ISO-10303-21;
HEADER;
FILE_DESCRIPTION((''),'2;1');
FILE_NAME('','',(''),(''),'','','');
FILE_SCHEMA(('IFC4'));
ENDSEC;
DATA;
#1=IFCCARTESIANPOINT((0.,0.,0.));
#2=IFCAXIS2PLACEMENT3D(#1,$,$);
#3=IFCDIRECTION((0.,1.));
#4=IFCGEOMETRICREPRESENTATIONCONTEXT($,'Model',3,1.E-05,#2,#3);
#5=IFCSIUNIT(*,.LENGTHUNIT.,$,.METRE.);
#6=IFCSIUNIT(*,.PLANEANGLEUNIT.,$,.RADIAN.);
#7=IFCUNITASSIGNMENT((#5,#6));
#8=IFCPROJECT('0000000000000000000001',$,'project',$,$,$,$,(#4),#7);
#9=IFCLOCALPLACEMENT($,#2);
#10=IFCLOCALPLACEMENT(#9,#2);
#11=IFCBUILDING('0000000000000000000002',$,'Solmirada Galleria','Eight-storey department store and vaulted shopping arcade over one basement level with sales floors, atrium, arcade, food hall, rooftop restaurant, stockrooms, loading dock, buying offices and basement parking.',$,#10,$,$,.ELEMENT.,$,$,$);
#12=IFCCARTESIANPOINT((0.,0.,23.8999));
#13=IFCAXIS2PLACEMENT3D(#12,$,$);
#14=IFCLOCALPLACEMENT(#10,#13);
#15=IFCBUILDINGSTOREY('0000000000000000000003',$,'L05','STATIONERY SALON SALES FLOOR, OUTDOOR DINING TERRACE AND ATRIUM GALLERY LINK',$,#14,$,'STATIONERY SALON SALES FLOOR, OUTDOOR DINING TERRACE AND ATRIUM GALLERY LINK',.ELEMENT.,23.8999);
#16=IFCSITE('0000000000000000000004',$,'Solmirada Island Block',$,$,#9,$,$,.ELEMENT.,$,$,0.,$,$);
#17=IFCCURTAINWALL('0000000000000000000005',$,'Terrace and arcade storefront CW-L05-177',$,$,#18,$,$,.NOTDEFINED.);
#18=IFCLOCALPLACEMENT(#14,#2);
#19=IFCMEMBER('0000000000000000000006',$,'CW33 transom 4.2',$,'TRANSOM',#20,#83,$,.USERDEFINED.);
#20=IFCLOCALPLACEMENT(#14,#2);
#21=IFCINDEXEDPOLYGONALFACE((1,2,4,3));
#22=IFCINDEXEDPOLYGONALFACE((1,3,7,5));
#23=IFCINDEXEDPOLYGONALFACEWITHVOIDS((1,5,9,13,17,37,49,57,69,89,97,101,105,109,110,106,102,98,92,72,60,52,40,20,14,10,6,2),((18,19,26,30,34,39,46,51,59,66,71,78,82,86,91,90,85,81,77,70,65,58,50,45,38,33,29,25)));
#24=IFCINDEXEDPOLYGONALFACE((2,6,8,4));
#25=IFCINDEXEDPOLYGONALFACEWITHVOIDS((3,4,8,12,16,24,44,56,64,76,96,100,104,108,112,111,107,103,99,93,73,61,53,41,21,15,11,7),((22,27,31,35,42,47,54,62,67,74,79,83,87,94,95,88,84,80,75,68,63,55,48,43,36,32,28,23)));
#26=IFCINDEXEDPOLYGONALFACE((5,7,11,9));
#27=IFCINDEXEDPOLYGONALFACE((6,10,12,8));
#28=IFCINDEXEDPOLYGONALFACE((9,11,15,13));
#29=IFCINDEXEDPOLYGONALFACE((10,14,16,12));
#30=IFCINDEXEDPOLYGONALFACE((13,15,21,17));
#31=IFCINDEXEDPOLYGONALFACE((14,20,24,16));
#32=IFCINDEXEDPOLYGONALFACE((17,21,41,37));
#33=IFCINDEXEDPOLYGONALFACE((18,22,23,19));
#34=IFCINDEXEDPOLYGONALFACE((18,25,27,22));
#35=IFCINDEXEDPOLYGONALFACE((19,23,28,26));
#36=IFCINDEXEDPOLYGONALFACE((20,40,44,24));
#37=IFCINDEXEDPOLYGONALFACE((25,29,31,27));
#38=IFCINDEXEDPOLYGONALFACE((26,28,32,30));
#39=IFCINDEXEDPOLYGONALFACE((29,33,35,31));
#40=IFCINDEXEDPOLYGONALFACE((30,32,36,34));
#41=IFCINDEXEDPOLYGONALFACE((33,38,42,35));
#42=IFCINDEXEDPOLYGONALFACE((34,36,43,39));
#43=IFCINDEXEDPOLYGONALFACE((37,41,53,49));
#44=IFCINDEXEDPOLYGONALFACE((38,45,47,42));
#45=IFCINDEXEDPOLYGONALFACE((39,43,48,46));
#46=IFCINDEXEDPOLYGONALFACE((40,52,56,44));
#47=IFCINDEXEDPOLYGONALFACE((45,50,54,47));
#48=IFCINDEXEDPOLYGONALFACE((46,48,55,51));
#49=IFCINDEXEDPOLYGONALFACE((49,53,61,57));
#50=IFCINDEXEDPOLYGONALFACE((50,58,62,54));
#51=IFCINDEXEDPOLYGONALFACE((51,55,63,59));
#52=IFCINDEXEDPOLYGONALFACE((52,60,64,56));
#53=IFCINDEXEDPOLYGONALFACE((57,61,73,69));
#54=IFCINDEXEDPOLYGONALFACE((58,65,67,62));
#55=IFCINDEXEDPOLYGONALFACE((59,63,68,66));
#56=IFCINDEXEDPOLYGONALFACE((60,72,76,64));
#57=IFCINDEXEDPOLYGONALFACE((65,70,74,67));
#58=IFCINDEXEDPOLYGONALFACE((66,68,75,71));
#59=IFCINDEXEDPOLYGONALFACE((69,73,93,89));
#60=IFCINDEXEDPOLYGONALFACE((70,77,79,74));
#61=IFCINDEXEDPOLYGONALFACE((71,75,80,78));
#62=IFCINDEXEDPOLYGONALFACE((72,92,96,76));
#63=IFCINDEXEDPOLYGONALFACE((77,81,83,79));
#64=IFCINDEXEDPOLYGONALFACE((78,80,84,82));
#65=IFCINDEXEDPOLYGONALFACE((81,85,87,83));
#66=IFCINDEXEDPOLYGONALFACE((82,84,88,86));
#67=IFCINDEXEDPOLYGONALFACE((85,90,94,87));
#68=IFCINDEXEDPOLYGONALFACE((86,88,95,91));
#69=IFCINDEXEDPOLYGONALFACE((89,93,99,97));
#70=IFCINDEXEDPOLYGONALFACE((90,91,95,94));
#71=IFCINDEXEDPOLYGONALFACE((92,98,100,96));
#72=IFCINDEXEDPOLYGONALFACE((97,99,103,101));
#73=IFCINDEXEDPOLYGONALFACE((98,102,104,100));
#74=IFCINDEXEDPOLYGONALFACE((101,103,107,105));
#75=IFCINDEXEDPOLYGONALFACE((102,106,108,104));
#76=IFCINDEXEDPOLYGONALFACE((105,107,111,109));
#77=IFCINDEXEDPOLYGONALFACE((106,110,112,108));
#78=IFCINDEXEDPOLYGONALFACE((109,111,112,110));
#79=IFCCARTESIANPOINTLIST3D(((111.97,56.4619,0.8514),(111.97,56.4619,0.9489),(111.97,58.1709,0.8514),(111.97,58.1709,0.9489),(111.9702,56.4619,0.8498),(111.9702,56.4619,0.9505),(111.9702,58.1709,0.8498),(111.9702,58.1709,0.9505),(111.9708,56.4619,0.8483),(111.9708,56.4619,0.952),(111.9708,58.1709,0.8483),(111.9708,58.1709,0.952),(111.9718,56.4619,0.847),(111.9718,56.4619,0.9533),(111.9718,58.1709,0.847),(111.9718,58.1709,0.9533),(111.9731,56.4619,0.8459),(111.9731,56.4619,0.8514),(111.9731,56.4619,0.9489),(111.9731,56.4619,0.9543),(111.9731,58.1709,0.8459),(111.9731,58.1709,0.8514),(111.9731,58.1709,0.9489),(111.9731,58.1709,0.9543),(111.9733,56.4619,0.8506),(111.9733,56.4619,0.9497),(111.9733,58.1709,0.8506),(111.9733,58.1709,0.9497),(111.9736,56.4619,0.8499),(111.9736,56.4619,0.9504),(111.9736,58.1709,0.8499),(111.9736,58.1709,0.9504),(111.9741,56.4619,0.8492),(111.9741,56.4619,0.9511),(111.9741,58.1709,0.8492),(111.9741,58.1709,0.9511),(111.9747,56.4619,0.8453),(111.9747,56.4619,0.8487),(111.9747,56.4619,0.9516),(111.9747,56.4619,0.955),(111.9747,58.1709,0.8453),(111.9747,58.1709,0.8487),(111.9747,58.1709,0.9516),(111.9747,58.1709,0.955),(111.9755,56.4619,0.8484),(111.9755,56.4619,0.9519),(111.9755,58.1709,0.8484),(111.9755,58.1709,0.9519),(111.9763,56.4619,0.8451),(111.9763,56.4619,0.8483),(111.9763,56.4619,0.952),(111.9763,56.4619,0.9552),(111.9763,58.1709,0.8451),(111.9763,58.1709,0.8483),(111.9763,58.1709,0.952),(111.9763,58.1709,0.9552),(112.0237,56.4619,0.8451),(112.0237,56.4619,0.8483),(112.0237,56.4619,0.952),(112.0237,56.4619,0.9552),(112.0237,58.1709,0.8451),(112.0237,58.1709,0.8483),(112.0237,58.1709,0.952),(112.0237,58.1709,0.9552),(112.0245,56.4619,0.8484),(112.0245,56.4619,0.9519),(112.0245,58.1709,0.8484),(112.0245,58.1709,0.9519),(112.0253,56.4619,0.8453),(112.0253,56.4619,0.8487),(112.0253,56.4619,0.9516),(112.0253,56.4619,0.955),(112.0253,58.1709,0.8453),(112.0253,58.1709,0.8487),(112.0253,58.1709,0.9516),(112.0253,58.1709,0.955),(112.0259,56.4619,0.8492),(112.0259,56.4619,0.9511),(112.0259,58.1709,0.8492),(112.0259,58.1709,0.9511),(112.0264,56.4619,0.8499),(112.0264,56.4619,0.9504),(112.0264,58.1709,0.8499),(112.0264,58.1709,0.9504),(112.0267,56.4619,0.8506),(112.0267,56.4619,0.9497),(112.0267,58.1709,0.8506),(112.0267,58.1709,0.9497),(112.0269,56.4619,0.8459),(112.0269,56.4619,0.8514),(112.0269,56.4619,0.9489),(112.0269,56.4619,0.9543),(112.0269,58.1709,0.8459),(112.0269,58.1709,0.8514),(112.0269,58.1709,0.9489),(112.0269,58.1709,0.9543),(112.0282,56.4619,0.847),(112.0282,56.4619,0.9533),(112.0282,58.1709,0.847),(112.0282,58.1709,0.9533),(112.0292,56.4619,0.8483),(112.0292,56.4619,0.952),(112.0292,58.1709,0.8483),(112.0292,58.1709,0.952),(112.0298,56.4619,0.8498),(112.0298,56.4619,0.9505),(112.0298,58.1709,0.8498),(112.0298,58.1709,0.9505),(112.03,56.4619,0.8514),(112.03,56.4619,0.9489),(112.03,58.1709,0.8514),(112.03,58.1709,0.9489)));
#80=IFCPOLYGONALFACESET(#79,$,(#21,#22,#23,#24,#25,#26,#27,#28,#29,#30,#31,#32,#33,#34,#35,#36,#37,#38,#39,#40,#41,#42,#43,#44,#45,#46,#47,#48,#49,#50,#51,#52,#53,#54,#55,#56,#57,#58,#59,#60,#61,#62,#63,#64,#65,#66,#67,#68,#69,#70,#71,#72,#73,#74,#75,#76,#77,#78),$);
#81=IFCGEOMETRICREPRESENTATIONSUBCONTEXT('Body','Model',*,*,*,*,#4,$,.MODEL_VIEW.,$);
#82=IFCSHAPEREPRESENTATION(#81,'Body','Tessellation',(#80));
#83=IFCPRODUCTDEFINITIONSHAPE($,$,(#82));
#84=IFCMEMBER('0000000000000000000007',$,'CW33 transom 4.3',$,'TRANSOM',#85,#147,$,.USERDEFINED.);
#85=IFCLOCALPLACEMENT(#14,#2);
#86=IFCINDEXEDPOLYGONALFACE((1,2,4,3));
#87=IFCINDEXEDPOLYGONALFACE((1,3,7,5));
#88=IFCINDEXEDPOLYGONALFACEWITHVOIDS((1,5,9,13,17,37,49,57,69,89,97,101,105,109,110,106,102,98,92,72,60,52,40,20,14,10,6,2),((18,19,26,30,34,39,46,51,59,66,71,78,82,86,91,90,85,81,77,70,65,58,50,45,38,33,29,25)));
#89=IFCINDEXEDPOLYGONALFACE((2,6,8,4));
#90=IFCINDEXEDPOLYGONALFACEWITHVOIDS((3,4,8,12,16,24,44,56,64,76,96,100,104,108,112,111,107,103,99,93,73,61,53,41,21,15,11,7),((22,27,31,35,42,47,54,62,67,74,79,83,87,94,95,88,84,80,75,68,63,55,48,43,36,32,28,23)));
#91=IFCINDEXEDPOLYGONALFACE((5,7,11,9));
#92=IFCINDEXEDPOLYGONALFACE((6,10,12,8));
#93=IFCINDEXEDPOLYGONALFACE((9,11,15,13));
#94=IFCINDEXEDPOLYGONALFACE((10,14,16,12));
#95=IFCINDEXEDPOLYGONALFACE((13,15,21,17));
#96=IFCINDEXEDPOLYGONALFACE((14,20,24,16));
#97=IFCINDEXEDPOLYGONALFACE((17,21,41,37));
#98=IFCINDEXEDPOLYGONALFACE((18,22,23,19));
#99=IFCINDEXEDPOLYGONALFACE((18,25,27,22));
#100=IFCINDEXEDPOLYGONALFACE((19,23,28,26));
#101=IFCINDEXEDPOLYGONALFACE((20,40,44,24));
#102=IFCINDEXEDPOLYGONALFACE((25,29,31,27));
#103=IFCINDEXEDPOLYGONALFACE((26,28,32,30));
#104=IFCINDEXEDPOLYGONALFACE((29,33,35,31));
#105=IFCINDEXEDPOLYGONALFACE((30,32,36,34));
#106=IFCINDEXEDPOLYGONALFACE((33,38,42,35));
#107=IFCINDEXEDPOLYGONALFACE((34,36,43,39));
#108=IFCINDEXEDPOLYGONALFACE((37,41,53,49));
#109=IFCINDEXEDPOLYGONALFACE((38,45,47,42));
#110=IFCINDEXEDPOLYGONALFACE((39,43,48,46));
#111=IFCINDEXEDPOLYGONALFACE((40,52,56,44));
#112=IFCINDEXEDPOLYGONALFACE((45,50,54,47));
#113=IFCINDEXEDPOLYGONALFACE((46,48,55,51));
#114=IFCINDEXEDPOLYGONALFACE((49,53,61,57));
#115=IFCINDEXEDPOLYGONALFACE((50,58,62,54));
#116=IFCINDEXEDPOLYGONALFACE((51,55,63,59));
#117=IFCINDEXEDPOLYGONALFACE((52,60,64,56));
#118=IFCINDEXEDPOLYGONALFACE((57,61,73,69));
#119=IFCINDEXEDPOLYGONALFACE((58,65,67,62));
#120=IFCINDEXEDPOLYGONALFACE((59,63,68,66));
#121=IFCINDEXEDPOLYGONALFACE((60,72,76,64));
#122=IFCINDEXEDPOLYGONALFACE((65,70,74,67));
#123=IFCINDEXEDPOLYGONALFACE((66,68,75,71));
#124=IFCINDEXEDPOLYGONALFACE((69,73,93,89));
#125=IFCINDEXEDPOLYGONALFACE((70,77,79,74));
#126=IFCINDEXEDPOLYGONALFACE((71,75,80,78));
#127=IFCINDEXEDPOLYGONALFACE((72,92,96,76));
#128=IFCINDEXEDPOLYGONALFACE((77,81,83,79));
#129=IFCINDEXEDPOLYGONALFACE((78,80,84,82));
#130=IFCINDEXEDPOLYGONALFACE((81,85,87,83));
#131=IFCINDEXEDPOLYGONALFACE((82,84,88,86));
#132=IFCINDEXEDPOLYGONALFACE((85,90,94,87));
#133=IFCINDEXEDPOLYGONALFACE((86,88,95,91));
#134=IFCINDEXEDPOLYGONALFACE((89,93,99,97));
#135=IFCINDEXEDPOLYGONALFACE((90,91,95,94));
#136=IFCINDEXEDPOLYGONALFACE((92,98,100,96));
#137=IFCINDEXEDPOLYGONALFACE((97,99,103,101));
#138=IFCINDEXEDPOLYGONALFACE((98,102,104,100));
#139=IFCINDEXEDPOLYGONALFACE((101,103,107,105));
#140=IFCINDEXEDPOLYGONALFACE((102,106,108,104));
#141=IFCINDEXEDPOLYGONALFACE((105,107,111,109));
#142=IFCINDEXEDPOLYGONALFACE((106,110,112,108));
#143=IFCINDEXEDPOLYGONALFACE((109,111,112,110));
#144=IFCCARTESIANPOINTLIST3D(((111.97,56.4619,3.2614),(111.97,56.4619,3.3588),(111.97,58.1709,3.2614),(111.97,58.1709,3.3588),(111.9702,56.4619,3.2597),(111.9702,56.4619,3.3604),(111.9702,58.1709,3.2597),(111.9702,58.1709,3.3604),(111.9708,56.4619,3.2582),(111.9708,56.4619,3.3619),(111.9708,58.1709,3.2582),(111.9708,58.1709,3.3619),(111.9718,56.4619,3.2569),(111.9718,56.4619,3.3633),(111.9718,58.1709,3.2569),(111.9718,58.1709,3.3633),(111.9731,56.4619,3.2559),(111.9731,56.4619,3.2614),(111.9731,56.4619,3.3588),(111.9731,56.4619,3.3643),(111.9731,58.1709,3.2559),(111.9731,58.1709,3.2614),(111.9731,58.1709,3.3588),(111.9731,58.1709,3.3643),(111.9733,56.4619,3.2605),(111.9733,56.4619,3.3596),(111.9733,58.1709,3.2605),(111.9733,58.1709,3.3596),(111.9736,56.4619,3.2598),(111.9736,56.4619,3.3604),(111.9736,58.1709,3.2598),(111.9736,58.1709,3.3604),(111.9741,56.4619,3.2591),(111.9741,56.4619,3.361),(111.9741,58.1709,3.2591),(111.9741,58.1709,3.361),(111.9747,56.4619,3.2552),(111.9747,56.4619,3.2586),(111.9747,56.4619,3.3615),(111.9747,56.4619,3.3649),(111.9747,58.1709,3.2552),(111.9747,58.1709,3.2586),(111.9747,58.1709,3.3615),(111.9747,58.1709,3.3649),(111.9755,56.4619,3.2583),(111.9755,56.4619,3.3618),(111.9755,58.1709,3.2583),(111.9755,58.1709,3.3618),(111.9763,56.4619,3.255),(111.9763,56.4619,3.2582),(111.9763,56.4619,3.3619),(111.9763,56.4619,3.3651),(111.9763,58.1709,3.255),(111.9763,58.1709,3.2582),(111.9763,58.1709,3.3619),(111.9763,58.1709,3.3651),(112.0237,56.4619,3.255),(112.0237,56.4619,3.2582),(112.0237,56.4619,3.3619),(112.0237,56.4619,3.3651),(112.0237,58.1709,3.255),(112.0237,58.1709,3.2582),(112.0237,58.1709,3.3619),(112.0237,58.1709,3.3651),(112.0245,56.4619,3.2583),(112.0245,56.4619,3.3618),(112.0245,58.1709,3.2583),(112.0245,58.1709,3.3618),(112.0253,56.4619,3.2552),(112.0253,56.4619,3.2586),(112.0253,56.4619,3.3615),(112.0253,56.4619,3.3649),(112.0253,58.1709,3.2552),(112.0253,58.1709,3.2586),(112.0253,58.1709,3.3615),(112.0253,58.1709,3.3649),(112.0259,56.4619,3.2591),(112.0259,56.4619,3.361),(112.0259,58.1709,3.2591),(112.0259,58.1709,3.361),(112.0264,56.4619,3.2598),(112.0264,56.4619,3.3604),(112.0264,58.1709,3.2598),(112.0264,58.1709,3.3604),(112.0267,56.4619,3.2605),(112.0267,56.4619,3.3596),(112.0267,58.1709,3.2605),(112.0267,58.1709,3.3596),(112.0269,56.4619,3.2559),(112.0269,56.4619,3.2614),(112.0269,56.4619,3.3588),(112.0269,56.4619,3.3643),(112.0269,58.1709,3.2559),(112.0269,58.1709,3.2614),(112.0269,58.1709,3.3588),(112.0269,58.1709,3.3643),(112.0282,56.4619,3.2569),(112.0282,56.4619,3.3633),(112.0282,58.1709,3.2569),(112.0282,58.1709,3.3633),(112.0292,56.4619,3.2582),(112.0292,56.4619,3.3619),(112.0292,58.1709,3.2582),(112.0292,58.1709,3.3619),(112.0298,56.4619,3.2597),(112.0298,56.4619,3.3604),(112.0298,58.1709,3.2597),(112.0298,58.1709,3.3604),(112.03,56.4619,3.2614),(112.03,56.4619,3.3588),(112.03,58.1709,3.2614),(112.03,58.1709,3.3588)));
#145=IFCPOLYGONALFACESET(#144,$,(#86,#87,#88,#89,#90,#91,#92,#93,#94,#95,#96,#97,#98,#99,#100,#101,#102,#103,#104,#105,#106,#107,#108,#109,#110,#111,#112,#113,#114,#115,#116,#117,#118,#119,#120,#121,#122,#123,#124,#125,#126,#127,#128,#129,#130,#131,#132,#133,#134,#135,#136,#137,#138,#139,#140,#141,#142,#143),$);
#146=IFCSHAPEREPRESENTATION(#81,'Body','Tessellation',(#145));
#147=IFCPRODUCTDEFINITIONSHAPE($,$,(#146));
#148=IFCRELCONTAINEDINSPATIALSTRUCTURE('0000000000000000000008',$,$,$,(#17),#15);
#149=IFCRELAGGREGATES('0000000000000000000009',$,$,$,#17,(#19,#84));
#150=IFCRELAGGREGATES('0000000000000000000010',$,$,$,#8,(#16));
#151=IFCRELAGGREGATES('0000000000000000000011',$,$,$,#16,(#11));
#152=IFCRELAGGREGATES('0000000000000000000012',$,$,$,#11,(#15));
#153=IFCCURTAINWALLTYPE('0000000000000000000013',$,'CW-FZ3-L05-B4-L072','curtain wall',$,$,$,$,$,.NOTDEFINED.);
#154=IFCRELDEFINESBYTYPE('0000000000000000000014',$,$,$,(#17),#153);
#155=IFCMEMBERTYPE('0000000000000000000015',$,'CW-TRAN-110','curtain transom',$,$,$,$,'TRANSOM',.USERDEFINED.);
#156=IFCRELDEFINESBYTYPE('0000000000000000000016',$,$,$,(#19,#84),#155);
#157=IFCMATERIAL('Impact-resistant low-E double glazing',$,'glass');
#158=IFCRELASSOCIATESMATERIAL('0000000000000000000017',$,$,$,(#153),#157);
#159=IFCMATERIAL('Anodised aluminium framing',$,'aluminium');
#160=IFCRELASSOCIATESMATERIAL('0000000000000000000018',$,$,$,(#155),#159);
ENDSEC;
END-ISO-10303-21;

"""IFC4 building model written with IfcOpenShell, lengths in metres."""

from ifc_helpers import new_model, si_unit, direction, frame, origin, origin_2d, place, context, subcontext, project, spatial, hollow_rectangle, extrude, material, material_profile, profile_set, type_object, element, aggregate, save


model = new_model("IFC4")

# Units and contexts
model_context = context("Model", 3, precision=1e-05, world=origin(), true_north=direction((0.0, 1.0)))
body_context = subcontext(model_context, "Body", "Model", "MODEL_VIEW")
ifc_project = project(units=[si_unit("LENGTHUNIT", "METRE"), si_unit("PLANEANGLEUNIT", "RADIAN")], contexts=[model_context])

# Site, building, storey
site_placement = place(None, origin())
site = spatial("IfcSite", under=ifc_project, at=site_placement, Name="Solmirada Island Block", CompositionType="ELEMENT", RefElevation=0.0)
building_placement = place(site_placement, origin())
building = spatial("IfcBuilding", under=site, at=building_placement, Name="Solmirada Galleria", Description="Eight-storey department store and vaulted shopping arcade over one basement level with sales floors, atrium, arcade, food hall, rooftop restaurant, stockrooms, loading dock, buying offices and basement parking.", CompositionType="ELEMENT")
storey_placement = place(building_placement, frame((0.0, 0.0, 23.8999)))
storey = spatial("IfcBuildingStorey", under=building, at=storey_placement, Name="L05", Description="STATIONERY SALON SALES FLOOR, OUTDOOR DINING TERRACE AND ATRIUM GALLERY LINK", LongName="STATIONERY SALON SALES FLOOR, OUTDOOR DINING TERRACE AND ATRIUM GALLERY LINK", CompositionType="ELEMENT", Elevation=23.8999)

# Curtain wall
ifc_material_1 = material(Name="Impact-resistant low-E double glazing", Category="glass")
curtain_wall_type = type_object("IfcCurtainWallType", Name="CW-FZ3-L05-B4-L072", Description="curtain wall", PredefinedType="NOTDEFINED", material=ifc_material_1)
curtain_wall_1_placement = place(storey_placement, origin())
curtain_wall_1 = element("IfcCurtainWall", 1, at=curtain_wall_1_placement, inside=storey, type_object=curtain_wall_type, Name="Terrace and arcade storefront CW-L05-177", PredefinedType="NOTDEFINED")
ifc_material_2 = material(Name="Anodised aluminium framing", Category="aluminium")

# Members
ifc_material_profile_1 = material_profile(ifc_material_2, hollow_rectangle(XDim=0.0601, YDim=0.1101, WallThickness=0.0032, InnerFilletRadius=0.0032, OuterFilletRadius=0.0063, at=origin_2d()), Name="ALU-TRAN-110X60")
ifc_profile_set_1 = profile_set([ifc_material_profile_1], Name="Anodised aluminium framing")
member_type_1 = type_object("IfcMemberType", Name="CW-TRAN-110", Description="curtain transom", ElementType="TRANSOM", PredefinedType="USERDEFINED", material=ifc_profile_set_1)
member_1_placement = place(storey_placement, frame((112.0, 58.1709, 0.9001), z_axis=(0.0, -1.0, 0.0), x_axis=(1.0, 0.0, 0.0)))
member_1 = element("IfcMember", 2, at=member_1_placement, type_object=member_type_1, Name="CW33 transom 4.2", ObjectType="TRANSOM", PredefinedType="USERDEFINED", context=body_context, shape_type="SweptSolid", body=[
    extrude(hollow_rectangle(XDim=0.0601, YDim=0.1101, WallThickness=0.0032, InnerFilletRadius=0.0032, OuterFilletRadius=0.0063, at=origin_2d()), origin(), (0.0, 0.0, 1.0), 1.709),
])
member_2_placement = place(storey_placement, frame((112.0, 58.1709, 3.3101), z_axis=(0.0, -1.0, 0.0), x_axis=(1.0, 0.0, 0.0)))
member_2 = element("IfcMember", 3, at=member_2_placement, type_object=member_type_1, Name="CW33 transom 4.3", ObjectType="TRANSOM", PredefinedType="USERDEFINED", context=body_context, shape_type="SweptSolid", body=[
    extrude(hollow_rectangle(XDim=0.0601, YDim=0.1101, WallThickness=0.0032, InnerFilletRadius=0.0032, OuterFilletRadius=0.0063, at=origin_2d()), origin(), (0.0, 0.0, 1.0), 1.709),
])

aggregate(curtain_wall_1, [member_1, member_2])

save(model, "model.ifc")
